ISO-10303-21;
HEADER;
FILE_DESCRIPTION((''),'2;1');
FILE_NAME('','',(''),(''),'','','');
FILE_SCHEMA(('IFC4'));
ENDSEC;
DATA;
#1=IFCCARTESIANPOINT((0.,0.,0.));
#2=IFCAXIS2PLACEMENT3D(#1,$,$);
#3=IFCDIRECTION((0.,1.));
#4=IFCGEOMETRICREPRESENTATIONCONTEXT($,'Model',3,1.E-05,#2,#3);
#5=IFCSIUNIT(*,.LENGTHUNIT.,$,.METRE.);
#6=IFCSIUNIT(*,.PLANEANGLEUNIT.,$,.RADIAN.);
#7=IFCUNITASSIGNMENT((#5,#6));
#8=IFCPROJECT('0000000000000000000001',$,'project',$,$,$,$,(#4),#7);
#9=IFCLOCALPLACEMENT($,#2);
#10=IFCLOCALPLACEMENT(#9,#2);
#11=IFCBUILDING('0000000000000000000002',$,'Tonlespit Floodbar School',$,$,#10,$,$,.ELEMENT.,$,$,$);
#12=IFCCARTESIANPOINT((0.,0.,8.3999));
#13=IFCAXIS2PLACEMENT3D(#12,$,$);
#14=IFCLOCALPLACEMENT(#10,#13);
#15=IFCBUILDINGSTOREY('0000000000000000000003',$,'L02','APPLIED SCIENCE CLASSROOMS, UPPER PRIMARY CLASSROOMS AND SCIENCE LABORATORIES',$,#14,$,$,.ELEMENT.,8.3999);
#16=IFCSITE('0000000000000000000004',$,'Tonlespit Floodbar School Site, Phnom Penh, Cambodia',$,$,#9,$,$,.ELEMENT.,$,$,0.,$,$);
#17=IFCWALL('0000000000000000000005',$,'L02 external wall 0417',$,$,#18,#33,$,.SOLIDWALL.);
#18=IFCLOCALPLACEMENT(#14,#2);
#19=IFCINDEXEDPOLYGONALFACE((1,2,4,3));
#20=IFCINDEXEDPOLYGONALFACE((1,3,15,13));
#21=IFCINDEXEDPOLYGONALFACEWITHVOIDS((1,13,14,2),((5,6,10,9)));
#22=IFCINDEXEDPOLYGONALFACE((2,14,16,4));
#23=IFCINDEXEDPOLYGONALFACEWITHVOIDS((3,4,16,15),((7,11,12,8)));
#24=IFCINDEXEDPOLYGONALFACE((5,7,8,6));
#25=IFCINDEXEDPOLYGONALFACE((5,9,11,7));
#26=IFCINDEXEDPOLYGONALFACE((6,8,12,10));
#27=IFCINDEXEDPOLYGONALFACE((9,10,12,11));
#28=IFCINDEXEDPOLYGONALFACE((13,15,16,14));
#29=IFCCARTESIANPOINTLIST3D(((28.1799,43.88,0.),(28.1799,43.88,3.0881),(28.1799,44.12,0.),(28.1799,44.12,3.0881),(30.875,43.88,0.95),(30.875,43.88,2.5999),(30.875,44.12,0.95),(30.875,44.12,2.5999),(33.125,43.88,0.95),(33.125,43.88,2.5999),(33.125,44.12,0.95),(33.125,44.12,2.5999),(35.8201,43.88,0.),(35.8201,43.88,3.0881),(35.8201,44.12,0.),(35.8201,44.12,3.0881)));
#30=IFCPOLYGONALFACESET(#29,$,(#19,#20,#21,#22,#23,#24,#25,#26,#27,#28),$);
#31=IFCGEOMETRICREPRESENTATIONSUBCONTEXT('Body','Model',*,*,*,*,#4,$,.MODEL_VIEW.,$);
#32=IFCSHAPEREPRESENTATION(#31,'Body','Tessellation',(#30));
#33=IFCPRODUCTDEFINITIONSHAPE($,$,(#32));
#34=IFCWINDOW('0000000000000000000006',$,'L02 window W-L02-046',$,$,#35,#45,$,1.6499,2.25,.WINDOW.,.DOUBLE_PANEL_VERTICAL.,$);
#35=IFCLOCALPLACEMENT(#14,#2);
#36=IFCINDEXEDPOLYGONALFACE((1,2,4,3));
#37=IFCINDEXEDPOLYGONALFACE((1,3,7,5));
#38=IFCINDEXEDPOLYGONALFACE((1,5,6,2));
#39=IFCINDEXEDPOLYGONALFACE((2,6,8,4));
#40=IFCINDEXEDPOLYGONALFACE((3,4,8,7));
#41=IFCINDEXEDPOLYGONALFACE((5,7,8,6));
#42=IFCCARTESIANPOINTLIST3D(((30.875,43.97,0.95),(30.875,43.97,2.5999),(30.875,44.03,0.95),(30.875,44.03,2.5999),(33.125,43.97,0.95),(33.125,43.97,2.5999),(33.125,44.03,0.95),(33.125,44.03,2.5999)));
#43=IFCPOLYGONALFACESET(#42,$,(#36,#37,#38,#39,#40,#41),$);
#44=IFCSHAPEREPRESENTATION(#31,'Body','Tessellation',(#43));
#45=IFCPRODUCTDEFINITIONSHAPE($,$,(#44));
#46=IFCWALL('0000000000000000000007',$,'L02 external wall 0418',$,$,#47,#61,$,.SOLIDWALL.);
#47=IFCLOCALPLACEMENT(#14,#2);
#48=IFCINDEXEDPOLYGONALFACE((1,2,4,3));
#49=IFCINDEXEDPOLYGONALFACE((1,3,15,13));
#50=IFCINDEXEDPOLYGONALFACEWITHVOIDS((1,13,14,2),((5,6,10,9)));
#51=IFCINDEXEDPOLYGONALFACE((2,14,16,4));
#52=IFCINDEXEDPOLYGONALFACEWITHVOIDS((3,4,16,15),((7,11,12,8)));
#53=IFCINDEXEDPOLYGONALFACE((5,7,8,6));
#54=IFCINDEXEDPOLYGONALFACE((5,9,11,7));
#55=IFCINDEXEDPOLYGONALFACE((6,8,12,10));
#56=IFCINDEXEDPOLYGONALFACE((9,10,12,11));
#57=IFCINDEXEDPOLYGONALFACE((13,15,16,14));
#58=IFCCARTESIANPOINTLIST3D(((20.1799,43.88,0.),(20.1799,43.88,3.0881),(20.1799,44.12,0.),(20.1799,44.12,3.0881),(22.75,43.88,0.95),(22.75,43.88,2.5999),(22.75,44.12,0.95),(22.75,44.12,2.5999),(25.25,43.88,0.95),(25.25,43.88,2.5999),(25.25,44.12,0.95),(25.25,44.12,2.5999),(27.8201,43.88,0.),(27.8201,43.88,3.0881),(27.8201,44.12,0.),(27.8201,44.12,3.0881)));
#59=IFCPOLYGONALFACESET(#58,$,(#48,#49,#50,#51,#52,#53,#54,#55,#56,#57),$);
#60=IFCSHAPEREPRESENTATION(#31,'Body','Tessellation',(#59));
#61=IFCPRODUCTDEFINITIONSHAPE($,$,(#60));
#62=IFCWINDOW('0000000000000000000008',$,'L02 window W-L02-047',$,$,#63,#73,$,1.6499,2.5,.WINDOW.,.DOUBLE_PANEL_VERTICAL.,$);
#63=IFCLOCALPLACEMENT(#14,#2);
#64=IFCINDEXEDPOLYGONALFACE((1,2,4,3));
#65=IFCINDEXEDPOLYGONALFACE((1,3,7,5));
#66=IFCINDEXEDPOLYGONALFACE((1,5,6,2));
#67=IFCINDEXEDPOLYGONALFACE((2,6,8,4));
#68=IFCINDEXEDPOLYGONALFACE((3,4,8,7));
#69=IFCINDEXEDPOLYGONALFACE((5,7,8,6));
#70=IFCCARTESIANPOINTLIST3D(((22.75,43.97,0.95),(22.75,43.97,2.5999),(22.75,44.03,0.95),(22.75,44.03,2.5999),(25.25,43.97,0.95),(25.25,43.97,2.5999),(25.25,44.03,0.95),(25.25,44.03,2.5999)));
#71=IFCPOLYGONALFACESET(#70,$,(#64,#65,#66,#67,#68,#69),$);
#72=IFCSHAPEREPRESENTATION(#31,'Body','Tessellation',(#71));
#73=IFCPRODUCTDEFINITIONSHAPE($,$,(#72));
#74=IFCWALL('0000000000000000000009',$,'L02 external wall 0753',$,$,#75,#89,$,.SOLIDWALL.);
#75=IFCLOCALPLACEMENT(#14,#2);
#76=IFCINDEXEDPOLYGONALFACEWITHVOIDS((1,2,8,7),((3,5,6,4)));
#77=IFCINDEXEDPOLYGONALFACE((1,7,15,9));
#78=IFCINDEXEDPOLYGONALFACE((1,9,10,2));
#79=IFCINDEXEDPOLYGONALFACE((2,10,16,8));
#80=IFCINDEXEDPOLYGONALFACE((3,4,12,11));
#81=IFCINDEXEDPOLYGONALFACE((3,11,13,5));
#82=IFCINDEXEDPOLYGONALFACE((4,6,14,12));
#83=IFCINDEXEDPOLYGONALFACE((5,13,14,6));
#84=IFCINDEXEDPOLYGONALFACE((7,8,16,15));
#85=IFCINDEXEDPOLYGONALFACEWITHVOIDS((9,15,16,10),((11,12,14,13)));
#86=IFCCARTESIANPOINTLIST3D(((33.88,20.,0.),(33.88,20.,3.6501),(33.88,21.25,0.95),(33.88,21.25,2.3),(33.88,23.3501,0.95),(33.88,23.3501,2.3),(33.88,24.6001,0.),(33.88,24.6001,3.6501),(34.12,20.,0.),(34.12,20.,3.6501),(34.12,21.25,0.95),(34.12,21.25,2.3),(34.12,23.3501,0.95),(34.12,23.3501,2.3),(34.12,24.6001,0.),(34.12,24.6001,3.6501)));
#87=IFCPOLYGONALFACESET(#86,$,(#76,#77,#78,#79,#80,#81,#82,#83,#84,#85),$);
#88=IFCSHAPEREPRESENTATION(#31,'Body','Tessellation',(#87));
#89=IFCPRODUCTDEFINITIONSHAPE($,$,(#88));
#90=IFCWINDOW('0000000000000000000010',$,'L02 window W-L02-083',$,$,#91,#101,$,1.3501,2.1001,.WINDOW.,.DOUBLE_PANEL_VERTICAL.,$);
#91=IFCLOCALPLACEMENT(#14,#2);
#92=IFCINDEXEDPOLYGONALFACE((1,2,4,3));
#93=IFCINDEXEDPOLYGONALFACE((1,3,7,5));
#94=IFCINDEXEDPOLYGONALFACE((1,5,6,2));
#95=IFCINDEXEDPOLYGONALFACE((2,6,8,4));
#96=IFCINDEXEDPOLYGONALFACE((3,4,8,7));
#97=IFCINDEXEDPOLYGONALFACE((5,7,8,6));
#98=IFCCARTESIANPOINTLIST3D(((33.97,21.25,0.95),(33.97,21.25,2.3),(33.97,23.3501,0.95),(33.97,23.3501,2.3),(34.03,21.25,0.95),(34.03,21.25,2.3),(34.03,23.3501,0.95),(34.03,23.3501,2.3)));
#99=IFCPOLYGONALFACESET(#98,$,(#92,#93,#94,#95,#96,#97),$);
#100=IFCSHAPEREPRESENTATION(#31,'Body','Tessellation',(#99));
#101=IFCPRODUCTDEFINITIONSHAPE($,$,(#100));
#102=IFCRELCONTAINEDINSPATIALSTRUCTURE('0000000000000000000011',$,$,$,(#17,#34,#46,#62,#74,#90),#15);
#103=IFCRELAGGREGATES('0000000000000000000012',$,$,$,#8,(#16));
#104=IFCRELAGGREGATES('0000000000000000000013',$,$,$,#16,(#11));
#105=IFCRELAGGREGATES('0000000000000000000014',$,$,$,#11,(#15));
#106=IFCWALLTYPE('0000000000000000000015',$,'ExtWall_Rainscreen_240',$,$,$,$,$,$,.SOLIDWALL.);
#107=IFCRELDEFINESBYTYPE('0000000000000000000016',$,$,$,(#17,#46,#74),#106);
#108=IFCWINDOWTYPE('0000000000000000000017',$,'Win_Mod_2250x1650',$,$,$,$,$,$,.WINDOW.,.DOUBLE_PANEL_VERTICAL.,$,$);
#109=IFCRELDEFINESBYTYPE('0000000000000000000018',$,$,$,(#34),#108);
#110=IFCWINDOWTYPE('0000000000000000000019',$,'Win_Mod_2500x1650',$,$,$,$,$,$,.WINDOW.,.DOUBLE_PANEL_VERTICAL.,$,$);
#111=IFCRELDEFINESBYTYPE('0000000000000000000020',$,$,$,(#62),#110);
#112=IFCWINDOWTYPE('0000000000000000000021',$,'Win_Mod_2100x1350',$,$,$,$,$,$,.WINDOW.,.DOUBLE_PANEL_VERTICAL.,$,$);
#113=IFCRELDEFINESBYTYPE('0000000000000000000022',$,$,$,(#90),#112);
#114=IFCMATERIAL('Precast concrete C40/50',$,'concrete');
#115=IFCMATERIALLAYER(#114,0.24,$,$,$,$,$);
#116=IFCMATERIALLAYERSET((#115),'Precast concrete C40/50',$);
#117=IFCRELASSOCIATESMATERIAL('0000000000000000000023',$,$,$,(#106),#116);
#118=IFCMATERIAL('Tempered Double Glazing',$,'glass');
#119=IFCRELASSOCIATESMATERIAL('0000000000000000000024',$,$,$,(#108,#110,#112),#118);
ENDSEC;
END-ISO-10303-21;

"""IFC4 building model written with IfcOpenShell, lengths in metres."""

from ifc_helpers import new_model, si_unit, direction, frame, frame_2d, origin, place, context, subcontext, project, spatial, rectangle, extrude, material, layer, layer_set, type_object, element, fill, save


model = new_model("IFC4")

# Units and contexts
model_context = context("Model", 3, precision=1e-05, world=origin(), true_north=direction((0.0, 1.0)))
body_context = subcontext(model_context, "Body", "Model", "MODEL_VIEW")
ifc_project = project(units=[si_unit("LENGTHUNIT", "METRE"), si_unit("PLANEANGLEUNIT", "RADIAN")], contexts=[model_context])

# Site, building, storey
site_placement = place(None, origin())
site = spatial("IfcSite", under=ifc_project, at=site_placement, Name="Tonlespit Floodbar School Site, Phnom Penh, Cambodia", CompositionType="ELEMENT", RefElevation=0.0)
building_placement = place(site_placement, origin())
building = spatial("IfcBuilding", under=site, at=building_placement, Name="Tonlespit Floodbar School", CompositionType="ELEMENT")
storey_placement = place(building_placement, frame((0.0, 0.0, 8.3999)))
storey = spatial("IfcBuildingStorey", under=building, at=storey_placement, Name="L02", Description="APPLIED SCIENCE CLASSROOMS, UPPER PRIMARY CLASSROOMS AND SCIENCE LABORATORIES", CompositionType="ELEMENT", Elevation=8.3999)

# Walls, openings, windows
ifc_material_1 = material(Name="Precast concrete C40/50", Category="concrete")
ifc_layer_1 = layer(ifc_material_1, 0.24)
ifc_layer_set_1 = layer_set([ifc_layer_1], Name="Precast concrete C40/50")
wall_type = type_object("IfcWallType", Name="ExtWall_Rainscreen_240", PredefinedType="SOLIDWALL", material=ifc_layer_set_1)
wall_1_placement = place(storey_placement, frame((35.8201, 44.0, 0.0), z_axis=(0.0, 0.0, 1.0), x_axis=(-1.0, 0.0, 0.0)))
wall_1 = element("IfcWall", 1, at=wall_1_placement, inside=storey, type_object=wall_type, Name="L02 external wall 0417", PredefinedType="SOLIDWALL", context=body_context, shape_type="SweptSolid", body=[
    extrude(rectangle(XDim=7.6401, YDim=0.24, at=frame_2d((3.8201, 0.0))), origin(), (0.0, 0.0, 1.0), 3.0881),
])
opening_1_placement = place(wall_1_placement, frame((2.6951, 0.0, 0.95)))
opening_1 = element("IfcOpeningElement", 2, at=opening_1_placement, cuts=wall_1, PredefinedType="OPENING", context=body_context, shape_type="SweptSolid", body=[
    extrude(rectangle(XDim=2.25, YDim=1.6499, at=frame_2d((1.125, 0.825))), frame((0.0, 0.1299, 0.0), z_axis=(0.0, -1.0, 0.0), x_axis=(1.0, 0.0, 0.0)), (0.0, 0.0, 1.0), 0.26),
])
ifc_material_2 = material(Name="Tempered Double Glazing", Category="glass")
window_type_1 = type_object("IfcWindowType", Name="Win_Mod_2250x1650", PartitioningType="DOUBLE_PANEL_VERTICAL", PredefinedType="WINDOW", material=ifc_material_2)
window_1_placement = place(opening_1_placement, origin())
window_1 = element("IfcWindow", 3, at=window_1_placement, inside=storey, type_object=window_type_1, Name="L02 window W-L02-046", OverallHeight=1.6499, OverallWidth=2.25, PartitioningType="DOUBLE_PANEL_VERTICAL", PredefinedType="WINDOW", context=body_context, shape_type="SweptSolid", body=[
    extrude(rectangle(XDim=2.25, YDim=1.6499, at=frame_2d((1.125, 0.825))), frame((0.0, 0.03, 0.0), z_axis=(0.0, -1.0, 0.0), x_axis=(1.0, 0.0, 0.0)), (0.0, 0.0, 1.0), 0.0601),
])
fill(opening_1, window_1)
wall_2_placement = place(storey_placement, frame((27.8201, 44.0, 0.0), z_axis=(0.0, 0.0, 1.0), x_axis=(-1.0, 0.0, 0.0)))
wall_2 = element("IfcWall", 4, at=wall_2_placement, inside=storey, type_object=wall_type, Name="L02 external wall 0418", PredefinedType="SOLIDWALL", context=body_context, shape_type="SweptSolid", body=[
    extrude(rectangle(XDim=7.6401, YDim=0.24, at=frame_2d((3.8201, 0.0))), origin(), (0.0, 0.0, 1.0), 3.0881),
])
opening_2_placement = place(wall_2_placement, frame((2.5701, 0.0, 0.95)))
opening_2 = element("IfcOpeningElement", 5, at=opening_2_placement, cuts=wall_2, PredefinedType="OPENING", context=body_context, shape_type="SweptSolid", body=[
    extrude(rectangle(XDim=2.5, YDim=1.6499, at=frame_2d((1.25, 0.825))), frame((0.0, 0.1299, 0.0), z_axis=(0.0, -1.0, 0.0), x_axis=(1.0, 0.0, 0.0)), (0.0, 0.0, 1.0), 0.26),
])
window_type_2 = type_object("IfcWindowType", Name="Win_Mod_2500x1650", PartitioningType="DOUBLE_PANEL_VERTICAL", PredefinedType="WINDOW", material=ifc_material_2)
window_2_placement = place(opening_2_placement, origin())
window_2 = element("IfcWindow", 6, at=window_2_placement, inside=storey, type_object=window_type_2, Name="L02 window W-L02-047", OverallHeight=1.6499, OverallWidth=2.5, PartitioningType="DOUBLE_PANEL_VERTICAL", PredefinedType="WINDOW", context=body_context, shape_type="SweptSolid", body=[
    extrude(rectangle(XDim=2.5, YDim=1.6499, at=frame_2d((1.25, 0.825))), frame((0.0, 0.03, 0.0), z_axis=(0.0, -1.0, 0.0), x_axis=(1.0, 0.0, 0.0)), (0.0, 0.0, 1.0), 0.0601),
])
fill(opening_2, window_2)

# Wall, opening, window
wall_3_placement = place(storey_placement, frame((34.0, 24.6001, 0.0), z_axis=(0.0, 0.0, 1.0), x_axis=(0.0, -1.0, 0.0)))
wall_3 = element("IfcWall", 7, at=wall_3_placement, inside=storey, type_object=wall_type, Name="L02 external wall 0753", PredefinedType="SOLIDWALL", context=body_context, shape_type="SweptSolid", body=[
    extrude(rectangle(XDim=4.6001, YDim=0.24, at=frame_2d((2.3, 0.0))), origin(), (0.0, 0.0, 1.0), 3.6501),
])
opening_3_placement = place(wall_3_placement, frame((1.25, 0.0, 0.95)))
opening_3 = element("IfcOpeningElement", 8, at=opening_3_placement, cuts=wall_3, PredefinedType="OPENING", context=body_context, shape_type="SweptSolid", body=[
    extrude(rectangle(XDim=2.1001, YDim=1.3501, at=frame_2d((1.05, 0.675))), frame((0.0, 0.1299, 0.0), z_axis=(0.0, -1.0, 0.0), x_axis=(1.0, 0.0, 0.0)), (0.0, 0.0, 1.0), 0.26),
])
window_type_3 = type_object("IfcWindowType", Name="Win_Mod_2100x1350", PartitioningType="DOUBLE_PANEL_VERTICAL", PredefinedType="WINDOW", material=ifc_material_2)
window_3_placement = place(opening_3_placement, origin())
window_3 = element("IfcWindow", 9, at=window_3_placement, inside=storey, type_object=window_type_3, Name="L02 window W-L02-083", OverallHeight=1.3501, OverallWidth=2.1001, PartitioningType="DOUBLE_PANEL_VERTICAL", PredefinedType="WINDOW", context=body_context, shape_type="SweptSolid", body=[
    extrude(rectangle(XDim=2.1001, YDim=1.3501, at=frame_2d((1.05, 0.675))), frame((0.0, 0.03, 0.0), z_axis=(0.0, -1.0, 0.0), x_axis=(1.0, 0.0, 0.0)), (0.0, 0.0, 1.0), 0.0601),
])
fill(opening_3, window_3)

save(model, "model.ifc")
